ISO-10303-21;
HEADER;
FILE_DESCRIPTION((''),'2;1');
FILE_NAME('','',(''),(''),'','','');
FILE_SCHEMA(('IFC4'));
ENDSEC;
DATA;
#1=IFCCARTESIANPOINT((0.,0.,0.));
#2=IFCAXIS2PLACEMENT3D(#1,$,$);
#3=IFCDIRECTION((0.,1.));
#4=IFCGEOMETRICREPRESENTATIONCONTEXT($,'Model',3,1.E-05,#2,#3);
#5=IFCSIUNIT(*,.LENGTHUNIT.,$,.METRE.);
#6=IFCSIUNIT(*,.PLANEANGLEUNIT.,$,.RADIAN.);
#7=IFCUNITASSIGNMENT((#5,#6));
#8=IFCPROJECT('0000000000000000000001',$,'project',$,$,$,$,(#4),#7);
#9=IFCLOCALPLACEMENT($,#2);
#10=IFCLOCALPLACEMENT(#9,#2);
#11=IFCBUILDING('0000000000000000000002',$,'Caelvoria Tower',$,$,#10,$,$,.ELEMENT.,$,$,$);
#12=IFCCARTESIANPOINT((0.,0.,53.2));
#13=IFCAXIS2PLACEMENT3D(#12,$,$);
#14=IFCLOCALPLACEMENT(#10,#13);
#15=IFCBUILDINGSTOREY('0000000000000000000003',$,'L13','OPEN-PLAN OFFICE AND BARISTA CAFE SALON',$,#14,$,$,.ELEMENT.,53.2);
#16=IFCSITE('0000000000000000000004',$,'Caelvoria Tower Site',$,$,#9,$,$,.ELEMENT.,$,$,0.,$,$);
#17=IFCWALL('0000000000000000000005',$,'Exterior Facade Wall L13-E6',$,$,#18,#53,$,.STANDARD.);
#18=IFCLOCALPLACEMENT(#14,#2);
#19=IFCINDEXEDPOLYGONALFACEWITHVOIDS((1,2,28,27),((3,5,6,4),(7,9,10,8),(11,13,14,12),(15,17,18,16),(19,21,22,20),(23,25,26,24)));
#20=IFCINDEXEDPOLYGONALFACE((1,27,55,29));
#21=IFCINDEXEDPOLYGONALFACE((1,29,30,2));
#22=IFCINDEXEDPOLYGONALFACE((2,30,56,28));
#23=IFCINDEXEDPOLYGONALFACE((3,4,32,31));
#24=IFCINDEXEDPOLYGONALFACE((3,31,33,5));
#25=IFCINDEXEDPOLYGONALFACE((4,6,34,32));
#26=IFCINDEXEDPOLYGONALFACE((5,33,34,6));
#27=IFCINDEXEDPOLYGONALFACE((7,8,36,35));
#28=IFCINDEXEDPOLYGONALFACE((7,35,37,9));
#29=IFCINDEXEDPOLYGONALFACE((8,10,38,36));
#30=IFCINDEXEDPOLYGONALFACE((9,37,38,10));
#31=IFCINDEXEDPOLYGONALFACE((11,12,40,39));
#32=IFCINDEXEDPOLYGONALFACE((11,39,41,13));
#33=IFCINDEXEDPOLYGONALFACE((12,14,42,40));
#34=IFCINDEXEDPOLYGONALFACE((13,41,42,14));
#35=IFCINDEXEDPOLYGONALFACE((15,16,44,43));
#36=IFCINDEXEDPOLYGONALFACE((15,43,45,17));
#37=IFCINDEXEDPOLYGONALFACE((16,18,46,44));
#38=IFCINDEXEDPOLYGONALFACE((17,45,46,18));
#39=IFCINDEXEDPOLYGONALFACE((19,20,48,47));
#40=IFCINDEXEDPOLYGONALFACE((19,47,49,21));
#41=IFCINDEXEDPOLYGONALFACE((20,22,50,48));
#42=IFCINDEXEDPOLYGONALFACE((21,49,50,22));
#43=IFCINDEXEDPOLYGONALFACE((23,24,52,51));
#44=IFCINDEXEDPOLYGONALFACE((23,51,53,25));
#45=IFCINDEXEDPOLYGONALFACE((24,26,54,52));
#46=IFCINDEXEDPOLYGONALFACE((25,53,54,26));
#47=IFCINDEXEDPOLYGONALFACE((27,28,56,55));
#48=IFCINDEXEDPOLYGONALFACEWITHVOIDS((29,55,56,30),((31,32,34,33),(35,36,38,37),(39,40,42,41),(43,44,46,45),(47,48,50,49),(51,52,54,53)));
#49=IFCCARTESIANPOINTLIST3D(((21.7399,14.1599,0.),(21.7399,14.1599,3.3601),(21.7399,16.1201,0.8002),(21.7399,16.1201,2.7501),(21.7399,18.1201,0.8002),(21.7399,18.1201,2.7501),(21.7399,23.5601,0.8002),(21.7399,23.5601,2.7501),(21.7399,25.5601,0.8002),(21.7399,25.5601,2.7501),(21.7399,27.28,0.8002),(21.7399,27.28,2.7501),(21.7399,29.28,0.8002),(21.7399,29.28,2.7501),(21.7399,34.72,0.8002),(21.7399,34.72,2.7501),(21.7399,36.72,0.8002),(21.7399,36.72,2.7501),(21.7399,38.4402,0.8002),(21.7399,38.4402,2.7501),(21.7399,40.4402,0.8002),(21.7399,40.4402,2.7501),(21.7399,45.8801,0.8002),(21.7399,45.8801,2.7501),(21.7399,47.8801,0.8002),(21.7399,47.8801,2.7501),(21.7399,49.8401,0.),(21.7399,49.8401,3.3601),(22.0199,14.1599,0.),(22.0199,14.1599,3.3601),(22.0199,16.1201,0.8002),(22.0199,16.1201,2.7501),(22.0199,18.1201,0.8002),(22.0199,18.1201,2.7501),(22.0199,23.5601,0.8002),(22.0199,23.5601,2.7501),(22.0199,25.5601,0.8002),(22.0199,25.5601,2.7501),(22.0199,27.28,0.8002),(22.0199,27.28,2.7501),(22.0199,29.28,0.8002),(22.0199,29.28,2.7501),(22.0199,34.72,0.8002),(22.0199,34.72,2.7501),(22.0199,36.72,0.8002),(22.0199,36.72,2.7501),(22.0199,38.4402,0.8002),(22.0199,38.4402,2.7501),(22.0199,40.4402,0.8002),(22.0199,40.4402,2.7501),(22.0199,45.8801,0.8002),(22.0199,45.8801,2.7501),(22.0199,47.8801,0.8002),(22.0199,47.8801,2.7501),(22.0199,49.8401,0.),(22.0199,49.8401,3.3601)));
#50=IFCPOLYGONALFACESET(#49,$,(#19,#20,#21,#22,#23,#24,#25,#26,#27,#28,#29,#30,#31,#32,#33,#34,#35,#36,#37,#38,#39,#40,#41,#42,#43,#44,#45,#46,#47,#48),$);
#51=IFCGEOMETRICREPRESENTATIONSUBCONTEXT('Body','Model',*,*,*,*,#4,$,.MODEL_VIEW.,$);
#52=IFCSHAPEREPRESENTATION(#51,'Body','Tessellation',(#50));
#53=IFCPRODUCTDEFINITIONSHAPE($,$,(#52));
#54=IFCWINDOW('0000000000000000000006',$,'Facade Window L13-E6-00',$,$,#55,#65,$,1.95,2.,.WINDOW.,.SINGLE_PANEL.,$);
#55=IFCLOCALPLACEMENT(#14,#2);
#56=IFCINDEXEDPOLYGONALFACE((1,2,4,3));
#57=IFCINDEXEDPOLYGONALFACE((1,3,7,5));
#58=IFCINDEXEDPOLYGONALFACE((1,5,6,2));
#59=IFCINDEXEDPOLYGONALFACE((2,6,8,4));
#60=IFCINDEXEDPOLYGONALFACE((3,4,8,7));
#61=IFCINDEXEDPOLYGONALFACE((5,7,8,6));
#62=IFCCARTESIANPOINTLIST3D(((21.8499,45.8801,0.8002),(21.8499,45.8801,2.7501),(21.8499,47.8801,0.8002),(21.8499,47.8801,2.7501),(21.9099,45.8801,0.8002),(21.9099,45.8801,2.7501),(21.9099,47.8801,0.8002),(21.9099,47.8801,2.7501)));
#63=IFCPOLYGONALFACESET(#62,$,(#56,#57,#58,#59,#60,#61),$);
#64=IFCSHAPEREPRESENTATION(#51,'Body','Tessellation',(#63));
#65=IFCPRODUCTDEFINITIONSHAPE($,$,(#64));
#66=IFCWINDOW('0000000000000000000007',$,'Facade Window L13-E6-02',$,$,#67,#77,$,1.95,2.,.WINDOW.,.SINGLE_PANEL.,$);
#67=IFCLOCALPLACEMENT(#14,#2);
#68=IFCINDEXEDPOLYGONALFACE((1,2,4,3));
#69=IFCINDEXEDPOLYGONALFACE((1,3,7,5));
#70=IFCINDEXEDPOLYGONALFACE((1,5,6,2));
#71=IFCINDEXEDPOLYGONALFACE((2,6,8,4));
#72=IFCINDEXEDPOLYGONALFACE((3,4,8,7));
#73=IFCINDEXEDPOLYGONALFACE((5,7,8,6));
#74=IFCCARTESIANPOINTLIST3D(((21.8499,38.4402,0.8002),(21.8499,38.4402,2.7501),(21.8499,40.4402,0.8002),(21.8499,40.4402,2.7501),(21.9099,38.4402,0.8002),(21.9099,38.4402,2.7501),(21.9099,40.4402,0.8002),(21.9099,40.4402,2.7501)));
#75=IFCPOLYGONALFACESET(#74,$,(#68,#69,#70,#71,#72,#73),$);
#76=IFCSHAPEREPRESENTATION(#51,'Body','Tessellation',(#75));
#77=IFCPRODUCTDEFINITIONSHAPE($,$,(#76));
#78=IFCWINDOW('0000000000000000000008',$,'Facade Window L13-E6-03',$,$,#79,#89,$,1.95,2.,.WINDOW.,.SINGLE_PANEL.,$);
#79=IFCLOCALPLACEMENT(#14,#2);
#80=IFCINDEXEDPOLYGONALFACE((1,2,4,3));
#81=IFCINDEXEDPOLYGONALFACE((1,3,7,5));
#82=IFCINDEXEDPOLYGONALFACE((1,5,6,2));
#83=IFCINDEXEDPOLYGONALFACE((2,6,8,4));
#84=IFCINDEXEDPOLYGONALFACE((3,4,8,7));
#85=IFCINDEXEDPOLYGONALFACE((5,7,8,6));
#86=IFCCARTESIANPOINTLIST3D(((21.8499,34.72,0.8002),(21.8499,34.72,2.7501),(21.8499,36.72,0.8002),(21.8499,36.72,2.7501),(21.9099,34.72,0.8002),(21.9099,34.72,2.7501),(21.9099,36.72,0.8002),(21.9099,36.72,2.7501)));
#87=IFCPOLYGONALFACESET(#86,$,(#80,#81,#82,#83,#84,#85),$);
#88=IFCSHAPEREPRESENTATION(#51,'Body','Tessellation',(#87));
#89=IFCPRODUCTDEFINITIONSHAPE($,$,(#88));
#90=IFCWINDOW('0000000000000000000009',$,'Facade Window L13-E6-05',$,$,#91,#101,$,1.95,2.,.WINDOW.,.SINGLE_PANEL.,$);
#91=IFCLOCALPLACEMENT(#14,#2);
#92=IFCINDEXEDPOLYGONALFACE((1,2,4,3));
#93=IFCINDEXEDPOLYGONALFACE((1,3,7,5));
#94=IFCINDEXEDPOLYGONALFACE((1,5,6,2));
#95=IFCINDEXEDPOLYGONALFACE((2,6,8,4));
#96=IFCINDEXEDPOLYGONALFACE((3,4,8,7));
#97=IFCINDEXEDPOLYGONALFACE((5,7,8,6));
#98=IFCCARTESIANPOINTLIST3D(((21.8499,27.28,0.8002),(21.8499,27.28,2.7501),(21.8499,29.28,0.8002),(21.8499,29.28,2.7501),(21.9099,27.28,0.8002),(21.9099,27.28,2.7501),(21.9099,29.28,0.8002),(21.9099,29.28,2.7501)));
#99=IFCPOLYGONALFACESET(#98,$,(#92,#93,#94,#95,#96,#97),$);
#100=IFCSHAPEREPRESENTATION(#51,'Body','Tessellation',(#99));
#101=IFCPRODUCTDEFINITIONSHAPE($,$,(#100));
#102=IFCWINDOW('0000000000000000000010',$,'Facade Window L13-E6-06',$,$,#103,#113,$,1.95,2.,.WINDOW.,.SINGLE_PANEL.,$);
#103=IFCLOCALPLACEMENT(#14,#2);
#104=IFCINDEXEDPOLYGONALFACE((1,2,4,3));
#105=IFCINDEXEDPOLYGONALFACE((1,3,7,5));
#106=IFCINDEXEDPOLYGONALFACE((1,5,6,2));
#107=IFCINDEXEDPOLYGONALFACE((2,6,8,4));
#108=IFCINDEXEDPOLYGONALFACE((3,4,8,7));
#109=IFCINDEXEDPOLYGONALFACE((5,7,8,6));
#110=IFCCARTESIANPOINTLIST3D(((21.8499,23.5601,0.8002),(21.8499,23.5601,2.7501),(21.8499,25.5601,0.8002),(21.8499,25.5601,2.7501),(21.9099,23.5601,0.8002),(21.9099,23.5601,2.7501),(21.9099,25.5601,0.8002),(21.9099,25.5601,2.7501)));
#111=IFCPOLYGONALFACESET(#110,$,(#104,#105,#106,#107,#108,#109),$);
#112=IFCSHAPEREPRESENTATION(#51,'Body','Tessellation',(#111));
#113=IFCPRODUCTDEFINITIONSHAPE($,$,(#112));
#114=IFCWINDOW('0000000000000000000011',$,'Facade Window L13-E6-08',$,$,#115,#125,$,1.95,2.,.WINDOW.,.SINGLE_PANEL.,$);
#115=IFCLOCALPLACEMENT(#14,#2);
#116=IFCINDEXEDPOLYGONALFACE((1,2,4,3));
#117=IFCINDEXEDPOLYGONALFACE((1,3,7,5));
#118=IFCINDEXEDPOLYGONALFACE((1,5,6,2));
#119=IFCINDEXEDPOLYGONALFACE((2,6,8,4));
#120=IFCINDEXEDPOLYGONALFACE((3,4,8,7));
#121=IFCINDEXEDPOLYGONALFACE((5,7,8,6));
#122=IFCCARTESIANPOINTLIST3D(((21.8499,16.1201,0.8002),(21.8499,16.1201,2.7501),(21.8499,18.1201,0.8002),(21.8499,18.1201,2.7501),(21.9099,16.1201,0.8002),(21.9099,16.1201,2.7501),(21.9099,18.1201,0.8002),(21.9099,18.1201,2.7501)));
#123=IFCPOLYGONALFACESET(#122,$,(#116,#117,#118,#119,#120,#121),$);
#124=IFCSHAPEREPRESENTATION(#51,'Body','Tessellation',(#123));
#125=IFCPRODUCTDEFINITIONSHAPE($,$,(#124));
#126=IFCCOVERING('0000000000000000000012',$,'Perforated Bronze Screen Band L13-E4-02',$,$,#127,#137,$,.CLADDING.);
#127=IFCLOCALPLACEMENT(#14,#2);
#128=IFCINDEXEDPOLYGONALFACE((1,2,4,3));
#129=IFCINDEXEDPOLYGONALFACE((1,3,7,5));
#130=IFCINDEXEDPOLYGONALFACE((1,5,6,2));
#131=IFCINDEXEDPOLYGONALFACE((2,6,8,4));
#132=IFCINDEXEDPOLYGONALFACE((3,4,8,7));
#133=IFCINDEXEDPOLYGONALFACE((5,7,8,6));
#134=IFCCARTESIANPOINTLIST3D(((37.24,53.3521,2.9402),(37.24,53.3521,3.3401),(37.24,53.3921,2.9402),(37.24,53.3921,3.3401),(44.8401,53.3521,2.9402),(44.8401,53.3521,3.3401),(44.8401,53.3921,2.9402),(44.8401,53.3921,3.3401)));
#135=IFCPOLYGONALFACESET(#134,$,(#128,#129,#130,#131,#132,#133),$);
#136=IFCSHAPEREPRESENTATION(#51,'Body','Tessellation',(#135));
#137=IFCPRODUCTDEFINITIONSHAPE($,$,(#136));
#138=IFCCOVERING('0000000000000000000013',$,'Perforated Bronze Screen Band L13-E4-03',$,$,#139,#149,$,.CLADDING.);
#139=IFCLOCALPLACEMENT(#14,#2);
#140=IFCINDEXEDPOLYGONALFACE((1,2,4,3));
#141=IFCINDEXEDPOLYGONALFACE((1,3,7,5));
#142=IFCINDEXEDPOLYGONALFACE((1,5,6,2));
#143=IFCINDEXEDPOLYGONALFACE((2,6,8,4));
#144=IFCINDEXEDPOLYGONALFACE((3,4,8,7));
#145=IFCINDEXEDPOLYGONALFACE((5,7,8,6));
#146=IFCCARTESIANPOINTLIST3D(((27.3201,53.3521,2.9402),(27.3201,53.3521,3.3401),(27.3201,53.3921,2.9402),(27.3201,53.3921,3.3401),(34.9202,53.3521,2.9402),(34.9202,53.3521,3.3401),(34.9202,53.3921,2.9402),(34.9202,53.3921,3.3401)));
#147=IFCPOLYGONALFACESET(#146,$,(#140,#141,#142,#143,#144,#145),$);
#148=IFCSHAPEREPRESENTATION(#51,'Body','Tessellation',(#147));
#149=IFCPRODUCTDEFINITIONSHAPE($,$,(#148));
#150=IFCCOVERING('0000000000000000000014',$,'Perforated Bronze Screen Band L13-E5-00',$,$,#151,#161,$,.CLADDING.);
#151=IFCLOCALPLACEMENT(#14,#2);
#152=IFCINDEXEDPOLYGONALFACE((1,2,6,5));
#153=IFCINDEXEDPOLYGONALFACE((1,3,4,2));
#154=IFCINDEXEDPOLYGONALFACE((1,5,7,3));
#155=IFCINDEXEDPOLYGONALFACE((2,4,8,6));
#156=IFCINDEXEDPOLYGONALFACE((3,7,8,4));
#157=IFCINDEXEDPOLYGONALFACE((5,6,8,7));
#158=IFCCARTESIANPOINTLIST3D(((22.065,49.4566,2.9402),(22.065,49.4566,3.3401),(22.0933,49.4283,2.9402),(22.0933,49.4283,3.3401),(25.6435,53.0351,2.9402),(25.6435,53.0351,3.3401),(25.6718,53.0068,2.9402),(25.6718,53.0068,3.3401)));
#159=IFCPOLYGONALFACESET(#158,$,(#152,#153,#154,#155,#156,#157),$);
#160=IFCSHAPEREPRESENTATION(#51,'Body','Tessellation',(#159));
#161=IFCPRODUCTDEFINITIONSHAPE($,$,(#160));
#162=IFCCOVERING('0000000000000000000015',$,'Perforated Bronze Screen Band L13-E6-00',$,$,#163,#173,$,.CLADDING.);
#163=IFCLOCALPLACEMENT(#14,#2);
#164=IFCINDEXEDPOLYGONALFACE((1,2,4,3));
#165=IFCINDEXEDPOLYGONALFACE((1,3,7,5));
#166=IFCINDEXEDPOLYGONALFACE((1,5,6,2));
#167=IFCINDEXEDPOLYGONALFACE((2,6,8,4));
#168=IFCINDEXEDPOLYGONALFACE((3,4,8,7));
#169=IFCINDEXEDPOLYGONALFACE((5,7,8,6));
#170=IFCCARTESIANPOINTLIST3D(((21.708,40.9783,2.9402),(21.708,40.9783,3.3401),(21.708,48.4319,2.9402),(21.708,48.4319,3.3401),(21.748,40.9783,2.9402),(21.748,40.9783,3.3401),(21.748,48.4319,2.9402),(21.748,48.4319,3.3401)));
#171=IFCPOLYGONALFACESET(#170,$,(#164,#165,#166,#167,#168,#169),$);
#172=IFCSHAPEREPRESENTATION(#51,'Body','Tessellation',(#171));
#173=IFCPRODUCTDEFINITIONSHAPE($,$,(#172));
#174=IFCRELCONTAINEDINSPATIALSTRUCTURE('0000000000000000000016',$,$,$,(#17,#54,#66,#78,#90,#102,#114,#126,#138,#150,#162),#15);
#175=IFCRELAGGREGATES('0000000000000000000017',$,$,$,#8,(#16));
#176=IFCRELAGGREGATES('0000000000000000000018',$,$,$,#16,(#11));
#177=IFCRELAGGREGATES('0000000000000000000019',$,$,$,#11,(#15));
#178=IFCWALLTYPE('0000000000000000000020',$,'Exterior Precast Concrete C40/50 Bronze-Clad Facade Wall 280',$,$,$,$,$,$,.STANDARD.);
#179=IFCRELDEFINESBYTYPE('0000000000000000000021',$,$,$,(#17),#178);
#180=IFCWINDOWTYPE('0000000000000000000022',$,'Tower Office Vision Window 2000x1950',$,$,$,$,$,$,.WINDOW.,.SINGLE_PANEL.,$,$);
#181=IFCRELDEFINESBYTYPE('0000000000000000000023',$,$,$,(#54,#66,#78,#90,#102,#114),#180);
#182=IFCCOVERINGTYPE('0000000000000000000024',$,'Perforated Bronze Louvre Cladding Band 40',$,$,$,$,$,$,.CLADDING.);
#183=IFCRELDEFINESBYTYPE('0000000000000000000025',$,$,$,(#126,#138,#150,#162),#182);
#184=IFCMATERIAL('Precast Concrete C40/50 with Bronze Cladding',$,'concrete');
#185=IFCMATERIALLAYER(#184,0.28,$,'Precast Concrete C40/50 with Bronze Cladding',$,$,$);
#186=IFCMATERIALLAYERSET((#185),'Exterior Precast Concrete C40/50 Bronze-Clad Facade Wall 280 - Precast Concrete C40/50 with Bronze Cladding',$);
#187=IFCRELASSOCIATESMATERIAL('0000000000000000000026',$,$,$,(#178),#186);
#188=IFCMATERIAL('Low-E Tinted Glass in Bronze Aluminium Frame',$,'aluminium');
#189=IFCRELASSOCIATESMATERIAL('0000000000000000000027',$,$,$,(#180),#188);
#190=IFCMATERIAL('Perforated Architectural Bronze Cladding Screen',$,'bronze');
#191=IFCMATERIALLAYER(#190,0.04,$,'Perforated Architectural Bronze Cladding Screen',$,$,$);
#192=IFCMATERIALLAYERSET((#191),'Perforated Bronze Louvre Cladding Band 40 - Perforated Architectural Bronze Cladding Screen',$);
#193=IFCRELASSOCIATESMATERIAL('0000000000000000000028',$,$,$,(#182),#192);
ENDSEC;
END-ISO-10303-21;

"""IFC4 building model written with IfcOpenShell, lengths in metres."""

from ifc_helpers import new_model, si_unit, direction, frame, frame_2d, origin, origin_2d, place, context, subcontext, project, spatial, rectangle, extrude, material, layer, layer_set, type_object, element, fill, save


model = new_model("IFC4")

# Units and contexts
model_context = context("Model", 3, precision=1e-05, world=origin(), true_north=direction((0.0, 1.0)))
body_context = subcontext(model_context, "Body", "Model", "MODEL_VIEW")
ifc_project = project(units=[si_unit("LENGTHUNIT", "METRE"), si_unit("PLANEANGLEUNIT", "RADIAN")], contexts=[model_context])

# Site, building, storey
site_placement = place(None, origin())
site = spatial("IfcSite", under=ifc_project, at=site_placement, Name="Caelvoria Tower Site", CompositionType="ELEMENT", RefElevation=0.0)
building_placement = place(site_placement, origin())
building = spatial("IfcBuilding", under=site, at=building_placement, Name="Caelvoria Tower", CompositionType="ELEMENT")
storey_placement = place(building_placement, frame((0.0, 0.0, 53.2)))
storey = spatial("IfcBuildingStorey", under=building, at=storey_placement, Name="L13", Description="OPEN-PLAN OFFICE AND BARISTA CAFE SALON", CompositionType="ELEMENT", Elevation=53.2)

# Shared definitions
ifc_material_1 = material(Name="Precast Concrete C40/50 with Bronze Cladding", Category="concrete")
ifc_layer_1 = layer(ifc_material_1, 0.28, Name="Precast Concrete C40/50 with Bronze Cladding")
ifc_layer_set_1 = layer_set([ifc_layer_1], Name="Exterior Precast Concrete C40/50 Bronze-Clad Facade Wall 280 - Precast Concrete C40/50 with Bronze Cladding")
wall_type = type_object("IfcWallType", Name="Exterior Precast Concrete C40/50 Bronze-Clad Facade Wall 280", PredefinedType="STANDARD", material=ifc_layer_set_1)

# Wall, openings, windows
wall_1_placement = place(storey_placement, frame((21.8799, 49.8401, 0.0), z_axis=(0.0, 0.0, 1.0), x_axis=(0.0, -1.0, 0.0)))
wall_1 = element("IfcWall", 1, at=wall_1_placement, inside=storey, type_object=wall_type, Name="Exterior Facade Wall L13-E6", PredefinedType="STANDARD", context=body_context, shape_type="SweptSolid", body=[
    extrude(rectangle(XDim=35.6802, YDim=0.28, at=frame_2d((17.8401, 0.0))), origin(), (0.0, 0.0, 1.0), 3.3601),
])
opening_1_placement = place(wall_1_placement, frame((1.96, 0.0, 0.8)))
opening_1 = element("IfcOpeningElement", 2, at=opening_1_placement, cuts=wall_1, PredefinedType="OPENING", context=body_context, shape_type="SweptSolid", body=[
    extrude(rectangle(XDim=2.0, YDim=1.95, at=frame_2d((1.0, 0.9751))), frame((0.0, 0.1499, 0.0), z_axis=(0.0, -1.0, 0.0), x_axis=(1.0, 0.0, 0.0)), (0.0, 0.0, 1.0), 0.3),
])
opening_2_placement = place(wall_1_placement, frame((9.3999, 0.0, 0.8)))
opening_2 = element("IfcOpeningElement", 3, at=opening_2_placement, cuts=wall_1, PredefinedType="OPENING", context=body_context, shape_type="SweptSolid", body=[
    extrude(rectangle(XDim=2.0, YDim=1.95, at=frame_2d((1.0, 0.9751))), frame((0.0, 0.1499, 0.0), z_axis=(0.0, -1.0, 0.0), x_axis=(1.0, 0.0, 0.0)), (0.0, 0.0, 1.0), 0.3),
])
opening_3_placement = place(wall_1_placement, frame((13.1201, 0.0, 0.8)))
opening_3 = element("IfcOpeningElement", 4, at=opening_3_placement, cuts=wall_1, PredefinedType="OPENING", context=body_context, shape_type="SweptSolid", body=[
    extrude(rectangle(XDim=2.0, YDim=1.95, at=frame_2d((1.0, 0.9751))), frame((0.0, 0.1499, 0.0), z_axis=(0.0, -1.0, 0.0), x_axis=(1.0, 0.0, 0.0)), (0.0, 0.0, 1.0), 0.3),
])
opening_4_placement = place(wall_1_placement, frame((20.5601, 0.0, 0.8)))
opening_4 = element("IfcOpeningElement", 5, at=opening_4_placement, cuts=wall_1, PredefinedType="OPENING", context=body_context, shape_type="SweptSolid", body=[
    extrude(rectangle(XDim=2.0, YDim=1.95, at=frame_2d((1.0, 0.9751))), frame((0.0, 0.1499, 0.0), z_axis=(0.0, -1.0, 0.0), x_axis=(1.0, 0.0, 0.0)), (0.0, 0.0, 1.0), 0.3),
])
opening_5_placement = place(wall_1_placement, frame((24.28, 0.0, 0.8)))
opening_5 = element("IfcOpeningElement", 6, at=opening_5_placement, cuts=wall_1, PredefinedType="OPENING", context=body_context, shape_type="SweptSolid", body=[
    extrude(rectangle(XDim=2.0, YDim=1.95, at=frame_2d((1.0, 0.9751))), frame((0.0, 0.1499, 0.0), z_axis=(0.0, -1.0, 0.0), x_axis=(1.0, 0.0, 0.0)), (0.0, 0.0, 1.0), 0.3),
])
opening_6_placement = place(wall_1_placement, frame((31.72, 0.0, 0.8)))
opening_6 = element("IfcOpeningElement", 7, at=opening_6_placement, cuts=wall_1, PredefinedType="OPENING", context=body_context, shape_type="SweptSolid", body=[
    extrude(rectangle(XDim=2.0, YDim=1.95, at=frame_2d((1.0, 0.9751))), frame((0.0, 0.1499, 0.0), z_axis=(0.0, -1.0, 0.0), x_axis=(1.0, 0.0, 0.0)), (0.0, 0.0, 1.0), 0.3),
])
ifc_material_2 = material(Name="Low-E Tinted Glass in Bronze Aluminium Frame", Category="aluminium")
window_type = type_object("IfcWindowType", Name="Tower Office Vision Window 2000x1950", PartitioningType="SINGLE_PANEL", PredefinedType="WINDOW", material=ifc_material_2)
window_1_placement = place(opening_1_placement, origin())
window_1 = element("IfcWindow", 8, at=window_1_placement, inside=storey, type_object=window_type, Name="Facade Window L13-E6-00", OverallHeight=1.95, OverallWidth=2.0, PartitioningType="SINGLE_PANEL", PredefinedType="WINDOW", context=body_context, shape_type="SweptSolid", body=[
    extrude(rectangle(XDim=2.0, YDim=1.95, at=frame_2d((1.0, 0.9751))), frame((0.0, 0.03, 0.0), z_axis=(0.0, -1.0, 0.0), x_axis=(1.0, 0.0, 0.0)), (0.0, 0.0, 1.0), 0.0601),
])
fill(opening_1, window_1)
window_2_placement = place(opening_2_placement, origin())
window_2 = element("IfcWindow", 9, at=window_2_placement, inside=storey, type_object=window_type, Name="Facade Window L13-E6-02", OverallHeight=1.95, OverallWidth=2.0, PartitioningType="SINGLE_PANEL", PredefinedType="WINDOW", context=body_context, shape_type="SweptSolid", body=[
    extrude(rectangle(XDim=2.0, YDim=1.95, at=frame_2d((1.0, 0.9751))), frame((0.0, 0.03, 0.0), z_axis=(0.0, -1.0, 0.0), x_axis=(1.0, 0.0, 0.0)), (0.0, 0.0, 1.0), 0.0601),
])
fill(opening_2, window_2)
window_3_placement = place(opening_3_placement, origin())
window_3 = element("IfcWindow", 10, at=window_3_placement, inside=storey, type_object=window_type, Name="Facade Window L13-E6-03", OverallHeight=1.95, OverallWidth=2.0, PartitioningType="SINGLE_PANEL", PredefinedType="WINDOW", context=body_context, shape_type="SweptSolid", body=[
    extrude(rectangle(XDim=2.0, YDim=1.95, at=frame_2d((1.0, 0.9751))), frame((0.0, 0.03, 0.0), z_axis=(0.0, -1.0, 0.0), x_axis=(1.0, 0.0, 0.0)), (0.0, 0.0, 1.0), 0.0601),
])
fill(opening_3, window_3)
window_4_placement = place(opening_4_placement, origin())
window_4 = element("IfcWindow", 11, at=window_4_placement, inside=storey, type_object=window_type, Name="Facade Window L13-E6-05", OverallHeight=1.95, OverallWidth=2.0, PartitioningType="SINGLE_PANEL", PredefinedType="WINDOW", context=body_context, shape_type="SweptSolid", body=[
    extrude(rectangle(XDim=2.0, YDim=1.95, at=frame_2d((1.0, 0.9751))), frame((0.0, 0.03, 0.0), z_axis=(0.0, -1.0, 0.0), x_axis=(1.0, 0.0, 0.0)), (0.0, 0.0, 1.0), 0.0601),
])
fill(opening_4, window_4)
window_5_placement = place(opening_5_placement, origin())
window_5 = element("IfcWindow", 12, at=window_5_placement, inside=storey, type_object=window_type, Name="Facade Window L13-E6-06", OverallHeight=1.95, OverallWidth=2.0, PartitioningType="SINGLE_PANEL", PredefinedType="WINDOW", context=body_context, shape_type="SweptSolid", body=[
    extrude(rectangle(XDim=2.0, YDim=1.95, at=frame_2d((1.0, 0.9751))), frame((0.0, 0.03, 0.0), z_axis=(0.0, -1.0, 0.0), x_axis=(1.0, 0.0, 0.0)), (0.0, 0.0, 1.0), 0.0601),
])
fill(opening_5, window_5)
window_6_placement = place(opening_6_placement, origin())
window_6 = element("IfcWindow", 13, at=window_6_placement, inside=storey, type_object=window_type, Name="Facade Window L13-E6-08", OverallHeight=1.95, OverallWidth=2.0, PartitioningType="SINGLE_PANEL", PredefinedType="WINDOW", context=body_context, shape_type="SweptSolid", body=[
    extrude(rectangle(XDim=2.0, YDim=1.95, at=frame_2d((1.0, 0.9751))), frame((0.0, 0.03, 0.0), z_axis=(0.0, -1.0, 0.0), x_axis=(1.0, 0.0, 0.0)), (0.0, 0.0, 1.0), 0.0601),
])
fill(opening_6, window_6)

# Coverings
ifc_material_3 = material(Name="Perforated Architectural Bronze Cladding Screen", Category="bronze")
ifc_layer_2 = layer(ifc_material_3, 0.04, Name="Perforated Architectural Bronze Cladding Screen")
ifc_layer_set_2 = layer_set([ifc_layer_2], Name="Perforated Bronze Louvre Cladding Band 40 - Perforated Architectural Bronze Cladding Screen")
covering_type = type_object("IfcCoveringType", Name="Perforated Bronze Louvre Cladding Band 40", PredefinedType="CLADDING", material=ifc_layer_set_2)
for number, where, z_axis, x_axis, name in (
    (14, (41.04, 53.3721, 2.9402), (0.0, 0.0, 1.0), (-1.0, 0.0, 0.0), "Perforated Bronze Screen Band L13-E4-02"),
    (15, (31.1201, 53.3721, 2.9402), (0.0, 0.0, 1.0), (-1.0, 0.0, 0.0), "Perforated Bronze Screen Band L13-E4-03"),
):
    element("IfcCovering", number, at=place(storey_placement, frame(where, z_axis=z_axis, x_axis=x_axis)), inside=storey, type_object=covering_type, Name=name, PredefinedType="CLADDING", context=body_context, shape_type="SweptSolid", body=[
        extrude(rectangle(XDim=7.6001, YDim=0.04, at=origin_2d()), origin(), (0.0, 0.0, 1.0), 0.3999),
    ])
covering_1_placement = place(storey_placement, frame((23.8684, 51.2317, 2.9402), z_axis=(0.0, 0.0, 1.0), x_axis=(-0.707107, -0.707107, 0.0)))
element("IfcCovering", 16, at=covering_1_placement, inside=storey, type_object=covering_type, Name="Perforated Bronze Screen Band L13-E5-00", PredefinedType="CLADDING", context=body_context, shape_type="SweptSolid", body=[
    extrude(rectangle(XDim=5.0608, YDim=0.04, at=origin_2d()), origin(), (0.0, 0.0, 1.0), 0.3999),
])
covering_2_placement = place(storey_placement, frame((21.728, 44.7051, 2.9402), z_axis=(0.0, 0.0, 1.0), x_axis=(0.0, -1.0, 0.0)))
element("IfcCovering", 17, at=covering_2_placement, inside=storey, type_object=covering_type, Name="Perforated Bronze Screen Band L13-E6-00", PredefinedType="CLADDING", context=body_context, shape_type="SweptSolid", body=[
    extrude(rectangle(XDim=7.4536, YDim=0.04, at=origin_2d()), origin(), (0.0, 0.0, 1.0), 0.3999),
])

save(model, "model.ifc")
